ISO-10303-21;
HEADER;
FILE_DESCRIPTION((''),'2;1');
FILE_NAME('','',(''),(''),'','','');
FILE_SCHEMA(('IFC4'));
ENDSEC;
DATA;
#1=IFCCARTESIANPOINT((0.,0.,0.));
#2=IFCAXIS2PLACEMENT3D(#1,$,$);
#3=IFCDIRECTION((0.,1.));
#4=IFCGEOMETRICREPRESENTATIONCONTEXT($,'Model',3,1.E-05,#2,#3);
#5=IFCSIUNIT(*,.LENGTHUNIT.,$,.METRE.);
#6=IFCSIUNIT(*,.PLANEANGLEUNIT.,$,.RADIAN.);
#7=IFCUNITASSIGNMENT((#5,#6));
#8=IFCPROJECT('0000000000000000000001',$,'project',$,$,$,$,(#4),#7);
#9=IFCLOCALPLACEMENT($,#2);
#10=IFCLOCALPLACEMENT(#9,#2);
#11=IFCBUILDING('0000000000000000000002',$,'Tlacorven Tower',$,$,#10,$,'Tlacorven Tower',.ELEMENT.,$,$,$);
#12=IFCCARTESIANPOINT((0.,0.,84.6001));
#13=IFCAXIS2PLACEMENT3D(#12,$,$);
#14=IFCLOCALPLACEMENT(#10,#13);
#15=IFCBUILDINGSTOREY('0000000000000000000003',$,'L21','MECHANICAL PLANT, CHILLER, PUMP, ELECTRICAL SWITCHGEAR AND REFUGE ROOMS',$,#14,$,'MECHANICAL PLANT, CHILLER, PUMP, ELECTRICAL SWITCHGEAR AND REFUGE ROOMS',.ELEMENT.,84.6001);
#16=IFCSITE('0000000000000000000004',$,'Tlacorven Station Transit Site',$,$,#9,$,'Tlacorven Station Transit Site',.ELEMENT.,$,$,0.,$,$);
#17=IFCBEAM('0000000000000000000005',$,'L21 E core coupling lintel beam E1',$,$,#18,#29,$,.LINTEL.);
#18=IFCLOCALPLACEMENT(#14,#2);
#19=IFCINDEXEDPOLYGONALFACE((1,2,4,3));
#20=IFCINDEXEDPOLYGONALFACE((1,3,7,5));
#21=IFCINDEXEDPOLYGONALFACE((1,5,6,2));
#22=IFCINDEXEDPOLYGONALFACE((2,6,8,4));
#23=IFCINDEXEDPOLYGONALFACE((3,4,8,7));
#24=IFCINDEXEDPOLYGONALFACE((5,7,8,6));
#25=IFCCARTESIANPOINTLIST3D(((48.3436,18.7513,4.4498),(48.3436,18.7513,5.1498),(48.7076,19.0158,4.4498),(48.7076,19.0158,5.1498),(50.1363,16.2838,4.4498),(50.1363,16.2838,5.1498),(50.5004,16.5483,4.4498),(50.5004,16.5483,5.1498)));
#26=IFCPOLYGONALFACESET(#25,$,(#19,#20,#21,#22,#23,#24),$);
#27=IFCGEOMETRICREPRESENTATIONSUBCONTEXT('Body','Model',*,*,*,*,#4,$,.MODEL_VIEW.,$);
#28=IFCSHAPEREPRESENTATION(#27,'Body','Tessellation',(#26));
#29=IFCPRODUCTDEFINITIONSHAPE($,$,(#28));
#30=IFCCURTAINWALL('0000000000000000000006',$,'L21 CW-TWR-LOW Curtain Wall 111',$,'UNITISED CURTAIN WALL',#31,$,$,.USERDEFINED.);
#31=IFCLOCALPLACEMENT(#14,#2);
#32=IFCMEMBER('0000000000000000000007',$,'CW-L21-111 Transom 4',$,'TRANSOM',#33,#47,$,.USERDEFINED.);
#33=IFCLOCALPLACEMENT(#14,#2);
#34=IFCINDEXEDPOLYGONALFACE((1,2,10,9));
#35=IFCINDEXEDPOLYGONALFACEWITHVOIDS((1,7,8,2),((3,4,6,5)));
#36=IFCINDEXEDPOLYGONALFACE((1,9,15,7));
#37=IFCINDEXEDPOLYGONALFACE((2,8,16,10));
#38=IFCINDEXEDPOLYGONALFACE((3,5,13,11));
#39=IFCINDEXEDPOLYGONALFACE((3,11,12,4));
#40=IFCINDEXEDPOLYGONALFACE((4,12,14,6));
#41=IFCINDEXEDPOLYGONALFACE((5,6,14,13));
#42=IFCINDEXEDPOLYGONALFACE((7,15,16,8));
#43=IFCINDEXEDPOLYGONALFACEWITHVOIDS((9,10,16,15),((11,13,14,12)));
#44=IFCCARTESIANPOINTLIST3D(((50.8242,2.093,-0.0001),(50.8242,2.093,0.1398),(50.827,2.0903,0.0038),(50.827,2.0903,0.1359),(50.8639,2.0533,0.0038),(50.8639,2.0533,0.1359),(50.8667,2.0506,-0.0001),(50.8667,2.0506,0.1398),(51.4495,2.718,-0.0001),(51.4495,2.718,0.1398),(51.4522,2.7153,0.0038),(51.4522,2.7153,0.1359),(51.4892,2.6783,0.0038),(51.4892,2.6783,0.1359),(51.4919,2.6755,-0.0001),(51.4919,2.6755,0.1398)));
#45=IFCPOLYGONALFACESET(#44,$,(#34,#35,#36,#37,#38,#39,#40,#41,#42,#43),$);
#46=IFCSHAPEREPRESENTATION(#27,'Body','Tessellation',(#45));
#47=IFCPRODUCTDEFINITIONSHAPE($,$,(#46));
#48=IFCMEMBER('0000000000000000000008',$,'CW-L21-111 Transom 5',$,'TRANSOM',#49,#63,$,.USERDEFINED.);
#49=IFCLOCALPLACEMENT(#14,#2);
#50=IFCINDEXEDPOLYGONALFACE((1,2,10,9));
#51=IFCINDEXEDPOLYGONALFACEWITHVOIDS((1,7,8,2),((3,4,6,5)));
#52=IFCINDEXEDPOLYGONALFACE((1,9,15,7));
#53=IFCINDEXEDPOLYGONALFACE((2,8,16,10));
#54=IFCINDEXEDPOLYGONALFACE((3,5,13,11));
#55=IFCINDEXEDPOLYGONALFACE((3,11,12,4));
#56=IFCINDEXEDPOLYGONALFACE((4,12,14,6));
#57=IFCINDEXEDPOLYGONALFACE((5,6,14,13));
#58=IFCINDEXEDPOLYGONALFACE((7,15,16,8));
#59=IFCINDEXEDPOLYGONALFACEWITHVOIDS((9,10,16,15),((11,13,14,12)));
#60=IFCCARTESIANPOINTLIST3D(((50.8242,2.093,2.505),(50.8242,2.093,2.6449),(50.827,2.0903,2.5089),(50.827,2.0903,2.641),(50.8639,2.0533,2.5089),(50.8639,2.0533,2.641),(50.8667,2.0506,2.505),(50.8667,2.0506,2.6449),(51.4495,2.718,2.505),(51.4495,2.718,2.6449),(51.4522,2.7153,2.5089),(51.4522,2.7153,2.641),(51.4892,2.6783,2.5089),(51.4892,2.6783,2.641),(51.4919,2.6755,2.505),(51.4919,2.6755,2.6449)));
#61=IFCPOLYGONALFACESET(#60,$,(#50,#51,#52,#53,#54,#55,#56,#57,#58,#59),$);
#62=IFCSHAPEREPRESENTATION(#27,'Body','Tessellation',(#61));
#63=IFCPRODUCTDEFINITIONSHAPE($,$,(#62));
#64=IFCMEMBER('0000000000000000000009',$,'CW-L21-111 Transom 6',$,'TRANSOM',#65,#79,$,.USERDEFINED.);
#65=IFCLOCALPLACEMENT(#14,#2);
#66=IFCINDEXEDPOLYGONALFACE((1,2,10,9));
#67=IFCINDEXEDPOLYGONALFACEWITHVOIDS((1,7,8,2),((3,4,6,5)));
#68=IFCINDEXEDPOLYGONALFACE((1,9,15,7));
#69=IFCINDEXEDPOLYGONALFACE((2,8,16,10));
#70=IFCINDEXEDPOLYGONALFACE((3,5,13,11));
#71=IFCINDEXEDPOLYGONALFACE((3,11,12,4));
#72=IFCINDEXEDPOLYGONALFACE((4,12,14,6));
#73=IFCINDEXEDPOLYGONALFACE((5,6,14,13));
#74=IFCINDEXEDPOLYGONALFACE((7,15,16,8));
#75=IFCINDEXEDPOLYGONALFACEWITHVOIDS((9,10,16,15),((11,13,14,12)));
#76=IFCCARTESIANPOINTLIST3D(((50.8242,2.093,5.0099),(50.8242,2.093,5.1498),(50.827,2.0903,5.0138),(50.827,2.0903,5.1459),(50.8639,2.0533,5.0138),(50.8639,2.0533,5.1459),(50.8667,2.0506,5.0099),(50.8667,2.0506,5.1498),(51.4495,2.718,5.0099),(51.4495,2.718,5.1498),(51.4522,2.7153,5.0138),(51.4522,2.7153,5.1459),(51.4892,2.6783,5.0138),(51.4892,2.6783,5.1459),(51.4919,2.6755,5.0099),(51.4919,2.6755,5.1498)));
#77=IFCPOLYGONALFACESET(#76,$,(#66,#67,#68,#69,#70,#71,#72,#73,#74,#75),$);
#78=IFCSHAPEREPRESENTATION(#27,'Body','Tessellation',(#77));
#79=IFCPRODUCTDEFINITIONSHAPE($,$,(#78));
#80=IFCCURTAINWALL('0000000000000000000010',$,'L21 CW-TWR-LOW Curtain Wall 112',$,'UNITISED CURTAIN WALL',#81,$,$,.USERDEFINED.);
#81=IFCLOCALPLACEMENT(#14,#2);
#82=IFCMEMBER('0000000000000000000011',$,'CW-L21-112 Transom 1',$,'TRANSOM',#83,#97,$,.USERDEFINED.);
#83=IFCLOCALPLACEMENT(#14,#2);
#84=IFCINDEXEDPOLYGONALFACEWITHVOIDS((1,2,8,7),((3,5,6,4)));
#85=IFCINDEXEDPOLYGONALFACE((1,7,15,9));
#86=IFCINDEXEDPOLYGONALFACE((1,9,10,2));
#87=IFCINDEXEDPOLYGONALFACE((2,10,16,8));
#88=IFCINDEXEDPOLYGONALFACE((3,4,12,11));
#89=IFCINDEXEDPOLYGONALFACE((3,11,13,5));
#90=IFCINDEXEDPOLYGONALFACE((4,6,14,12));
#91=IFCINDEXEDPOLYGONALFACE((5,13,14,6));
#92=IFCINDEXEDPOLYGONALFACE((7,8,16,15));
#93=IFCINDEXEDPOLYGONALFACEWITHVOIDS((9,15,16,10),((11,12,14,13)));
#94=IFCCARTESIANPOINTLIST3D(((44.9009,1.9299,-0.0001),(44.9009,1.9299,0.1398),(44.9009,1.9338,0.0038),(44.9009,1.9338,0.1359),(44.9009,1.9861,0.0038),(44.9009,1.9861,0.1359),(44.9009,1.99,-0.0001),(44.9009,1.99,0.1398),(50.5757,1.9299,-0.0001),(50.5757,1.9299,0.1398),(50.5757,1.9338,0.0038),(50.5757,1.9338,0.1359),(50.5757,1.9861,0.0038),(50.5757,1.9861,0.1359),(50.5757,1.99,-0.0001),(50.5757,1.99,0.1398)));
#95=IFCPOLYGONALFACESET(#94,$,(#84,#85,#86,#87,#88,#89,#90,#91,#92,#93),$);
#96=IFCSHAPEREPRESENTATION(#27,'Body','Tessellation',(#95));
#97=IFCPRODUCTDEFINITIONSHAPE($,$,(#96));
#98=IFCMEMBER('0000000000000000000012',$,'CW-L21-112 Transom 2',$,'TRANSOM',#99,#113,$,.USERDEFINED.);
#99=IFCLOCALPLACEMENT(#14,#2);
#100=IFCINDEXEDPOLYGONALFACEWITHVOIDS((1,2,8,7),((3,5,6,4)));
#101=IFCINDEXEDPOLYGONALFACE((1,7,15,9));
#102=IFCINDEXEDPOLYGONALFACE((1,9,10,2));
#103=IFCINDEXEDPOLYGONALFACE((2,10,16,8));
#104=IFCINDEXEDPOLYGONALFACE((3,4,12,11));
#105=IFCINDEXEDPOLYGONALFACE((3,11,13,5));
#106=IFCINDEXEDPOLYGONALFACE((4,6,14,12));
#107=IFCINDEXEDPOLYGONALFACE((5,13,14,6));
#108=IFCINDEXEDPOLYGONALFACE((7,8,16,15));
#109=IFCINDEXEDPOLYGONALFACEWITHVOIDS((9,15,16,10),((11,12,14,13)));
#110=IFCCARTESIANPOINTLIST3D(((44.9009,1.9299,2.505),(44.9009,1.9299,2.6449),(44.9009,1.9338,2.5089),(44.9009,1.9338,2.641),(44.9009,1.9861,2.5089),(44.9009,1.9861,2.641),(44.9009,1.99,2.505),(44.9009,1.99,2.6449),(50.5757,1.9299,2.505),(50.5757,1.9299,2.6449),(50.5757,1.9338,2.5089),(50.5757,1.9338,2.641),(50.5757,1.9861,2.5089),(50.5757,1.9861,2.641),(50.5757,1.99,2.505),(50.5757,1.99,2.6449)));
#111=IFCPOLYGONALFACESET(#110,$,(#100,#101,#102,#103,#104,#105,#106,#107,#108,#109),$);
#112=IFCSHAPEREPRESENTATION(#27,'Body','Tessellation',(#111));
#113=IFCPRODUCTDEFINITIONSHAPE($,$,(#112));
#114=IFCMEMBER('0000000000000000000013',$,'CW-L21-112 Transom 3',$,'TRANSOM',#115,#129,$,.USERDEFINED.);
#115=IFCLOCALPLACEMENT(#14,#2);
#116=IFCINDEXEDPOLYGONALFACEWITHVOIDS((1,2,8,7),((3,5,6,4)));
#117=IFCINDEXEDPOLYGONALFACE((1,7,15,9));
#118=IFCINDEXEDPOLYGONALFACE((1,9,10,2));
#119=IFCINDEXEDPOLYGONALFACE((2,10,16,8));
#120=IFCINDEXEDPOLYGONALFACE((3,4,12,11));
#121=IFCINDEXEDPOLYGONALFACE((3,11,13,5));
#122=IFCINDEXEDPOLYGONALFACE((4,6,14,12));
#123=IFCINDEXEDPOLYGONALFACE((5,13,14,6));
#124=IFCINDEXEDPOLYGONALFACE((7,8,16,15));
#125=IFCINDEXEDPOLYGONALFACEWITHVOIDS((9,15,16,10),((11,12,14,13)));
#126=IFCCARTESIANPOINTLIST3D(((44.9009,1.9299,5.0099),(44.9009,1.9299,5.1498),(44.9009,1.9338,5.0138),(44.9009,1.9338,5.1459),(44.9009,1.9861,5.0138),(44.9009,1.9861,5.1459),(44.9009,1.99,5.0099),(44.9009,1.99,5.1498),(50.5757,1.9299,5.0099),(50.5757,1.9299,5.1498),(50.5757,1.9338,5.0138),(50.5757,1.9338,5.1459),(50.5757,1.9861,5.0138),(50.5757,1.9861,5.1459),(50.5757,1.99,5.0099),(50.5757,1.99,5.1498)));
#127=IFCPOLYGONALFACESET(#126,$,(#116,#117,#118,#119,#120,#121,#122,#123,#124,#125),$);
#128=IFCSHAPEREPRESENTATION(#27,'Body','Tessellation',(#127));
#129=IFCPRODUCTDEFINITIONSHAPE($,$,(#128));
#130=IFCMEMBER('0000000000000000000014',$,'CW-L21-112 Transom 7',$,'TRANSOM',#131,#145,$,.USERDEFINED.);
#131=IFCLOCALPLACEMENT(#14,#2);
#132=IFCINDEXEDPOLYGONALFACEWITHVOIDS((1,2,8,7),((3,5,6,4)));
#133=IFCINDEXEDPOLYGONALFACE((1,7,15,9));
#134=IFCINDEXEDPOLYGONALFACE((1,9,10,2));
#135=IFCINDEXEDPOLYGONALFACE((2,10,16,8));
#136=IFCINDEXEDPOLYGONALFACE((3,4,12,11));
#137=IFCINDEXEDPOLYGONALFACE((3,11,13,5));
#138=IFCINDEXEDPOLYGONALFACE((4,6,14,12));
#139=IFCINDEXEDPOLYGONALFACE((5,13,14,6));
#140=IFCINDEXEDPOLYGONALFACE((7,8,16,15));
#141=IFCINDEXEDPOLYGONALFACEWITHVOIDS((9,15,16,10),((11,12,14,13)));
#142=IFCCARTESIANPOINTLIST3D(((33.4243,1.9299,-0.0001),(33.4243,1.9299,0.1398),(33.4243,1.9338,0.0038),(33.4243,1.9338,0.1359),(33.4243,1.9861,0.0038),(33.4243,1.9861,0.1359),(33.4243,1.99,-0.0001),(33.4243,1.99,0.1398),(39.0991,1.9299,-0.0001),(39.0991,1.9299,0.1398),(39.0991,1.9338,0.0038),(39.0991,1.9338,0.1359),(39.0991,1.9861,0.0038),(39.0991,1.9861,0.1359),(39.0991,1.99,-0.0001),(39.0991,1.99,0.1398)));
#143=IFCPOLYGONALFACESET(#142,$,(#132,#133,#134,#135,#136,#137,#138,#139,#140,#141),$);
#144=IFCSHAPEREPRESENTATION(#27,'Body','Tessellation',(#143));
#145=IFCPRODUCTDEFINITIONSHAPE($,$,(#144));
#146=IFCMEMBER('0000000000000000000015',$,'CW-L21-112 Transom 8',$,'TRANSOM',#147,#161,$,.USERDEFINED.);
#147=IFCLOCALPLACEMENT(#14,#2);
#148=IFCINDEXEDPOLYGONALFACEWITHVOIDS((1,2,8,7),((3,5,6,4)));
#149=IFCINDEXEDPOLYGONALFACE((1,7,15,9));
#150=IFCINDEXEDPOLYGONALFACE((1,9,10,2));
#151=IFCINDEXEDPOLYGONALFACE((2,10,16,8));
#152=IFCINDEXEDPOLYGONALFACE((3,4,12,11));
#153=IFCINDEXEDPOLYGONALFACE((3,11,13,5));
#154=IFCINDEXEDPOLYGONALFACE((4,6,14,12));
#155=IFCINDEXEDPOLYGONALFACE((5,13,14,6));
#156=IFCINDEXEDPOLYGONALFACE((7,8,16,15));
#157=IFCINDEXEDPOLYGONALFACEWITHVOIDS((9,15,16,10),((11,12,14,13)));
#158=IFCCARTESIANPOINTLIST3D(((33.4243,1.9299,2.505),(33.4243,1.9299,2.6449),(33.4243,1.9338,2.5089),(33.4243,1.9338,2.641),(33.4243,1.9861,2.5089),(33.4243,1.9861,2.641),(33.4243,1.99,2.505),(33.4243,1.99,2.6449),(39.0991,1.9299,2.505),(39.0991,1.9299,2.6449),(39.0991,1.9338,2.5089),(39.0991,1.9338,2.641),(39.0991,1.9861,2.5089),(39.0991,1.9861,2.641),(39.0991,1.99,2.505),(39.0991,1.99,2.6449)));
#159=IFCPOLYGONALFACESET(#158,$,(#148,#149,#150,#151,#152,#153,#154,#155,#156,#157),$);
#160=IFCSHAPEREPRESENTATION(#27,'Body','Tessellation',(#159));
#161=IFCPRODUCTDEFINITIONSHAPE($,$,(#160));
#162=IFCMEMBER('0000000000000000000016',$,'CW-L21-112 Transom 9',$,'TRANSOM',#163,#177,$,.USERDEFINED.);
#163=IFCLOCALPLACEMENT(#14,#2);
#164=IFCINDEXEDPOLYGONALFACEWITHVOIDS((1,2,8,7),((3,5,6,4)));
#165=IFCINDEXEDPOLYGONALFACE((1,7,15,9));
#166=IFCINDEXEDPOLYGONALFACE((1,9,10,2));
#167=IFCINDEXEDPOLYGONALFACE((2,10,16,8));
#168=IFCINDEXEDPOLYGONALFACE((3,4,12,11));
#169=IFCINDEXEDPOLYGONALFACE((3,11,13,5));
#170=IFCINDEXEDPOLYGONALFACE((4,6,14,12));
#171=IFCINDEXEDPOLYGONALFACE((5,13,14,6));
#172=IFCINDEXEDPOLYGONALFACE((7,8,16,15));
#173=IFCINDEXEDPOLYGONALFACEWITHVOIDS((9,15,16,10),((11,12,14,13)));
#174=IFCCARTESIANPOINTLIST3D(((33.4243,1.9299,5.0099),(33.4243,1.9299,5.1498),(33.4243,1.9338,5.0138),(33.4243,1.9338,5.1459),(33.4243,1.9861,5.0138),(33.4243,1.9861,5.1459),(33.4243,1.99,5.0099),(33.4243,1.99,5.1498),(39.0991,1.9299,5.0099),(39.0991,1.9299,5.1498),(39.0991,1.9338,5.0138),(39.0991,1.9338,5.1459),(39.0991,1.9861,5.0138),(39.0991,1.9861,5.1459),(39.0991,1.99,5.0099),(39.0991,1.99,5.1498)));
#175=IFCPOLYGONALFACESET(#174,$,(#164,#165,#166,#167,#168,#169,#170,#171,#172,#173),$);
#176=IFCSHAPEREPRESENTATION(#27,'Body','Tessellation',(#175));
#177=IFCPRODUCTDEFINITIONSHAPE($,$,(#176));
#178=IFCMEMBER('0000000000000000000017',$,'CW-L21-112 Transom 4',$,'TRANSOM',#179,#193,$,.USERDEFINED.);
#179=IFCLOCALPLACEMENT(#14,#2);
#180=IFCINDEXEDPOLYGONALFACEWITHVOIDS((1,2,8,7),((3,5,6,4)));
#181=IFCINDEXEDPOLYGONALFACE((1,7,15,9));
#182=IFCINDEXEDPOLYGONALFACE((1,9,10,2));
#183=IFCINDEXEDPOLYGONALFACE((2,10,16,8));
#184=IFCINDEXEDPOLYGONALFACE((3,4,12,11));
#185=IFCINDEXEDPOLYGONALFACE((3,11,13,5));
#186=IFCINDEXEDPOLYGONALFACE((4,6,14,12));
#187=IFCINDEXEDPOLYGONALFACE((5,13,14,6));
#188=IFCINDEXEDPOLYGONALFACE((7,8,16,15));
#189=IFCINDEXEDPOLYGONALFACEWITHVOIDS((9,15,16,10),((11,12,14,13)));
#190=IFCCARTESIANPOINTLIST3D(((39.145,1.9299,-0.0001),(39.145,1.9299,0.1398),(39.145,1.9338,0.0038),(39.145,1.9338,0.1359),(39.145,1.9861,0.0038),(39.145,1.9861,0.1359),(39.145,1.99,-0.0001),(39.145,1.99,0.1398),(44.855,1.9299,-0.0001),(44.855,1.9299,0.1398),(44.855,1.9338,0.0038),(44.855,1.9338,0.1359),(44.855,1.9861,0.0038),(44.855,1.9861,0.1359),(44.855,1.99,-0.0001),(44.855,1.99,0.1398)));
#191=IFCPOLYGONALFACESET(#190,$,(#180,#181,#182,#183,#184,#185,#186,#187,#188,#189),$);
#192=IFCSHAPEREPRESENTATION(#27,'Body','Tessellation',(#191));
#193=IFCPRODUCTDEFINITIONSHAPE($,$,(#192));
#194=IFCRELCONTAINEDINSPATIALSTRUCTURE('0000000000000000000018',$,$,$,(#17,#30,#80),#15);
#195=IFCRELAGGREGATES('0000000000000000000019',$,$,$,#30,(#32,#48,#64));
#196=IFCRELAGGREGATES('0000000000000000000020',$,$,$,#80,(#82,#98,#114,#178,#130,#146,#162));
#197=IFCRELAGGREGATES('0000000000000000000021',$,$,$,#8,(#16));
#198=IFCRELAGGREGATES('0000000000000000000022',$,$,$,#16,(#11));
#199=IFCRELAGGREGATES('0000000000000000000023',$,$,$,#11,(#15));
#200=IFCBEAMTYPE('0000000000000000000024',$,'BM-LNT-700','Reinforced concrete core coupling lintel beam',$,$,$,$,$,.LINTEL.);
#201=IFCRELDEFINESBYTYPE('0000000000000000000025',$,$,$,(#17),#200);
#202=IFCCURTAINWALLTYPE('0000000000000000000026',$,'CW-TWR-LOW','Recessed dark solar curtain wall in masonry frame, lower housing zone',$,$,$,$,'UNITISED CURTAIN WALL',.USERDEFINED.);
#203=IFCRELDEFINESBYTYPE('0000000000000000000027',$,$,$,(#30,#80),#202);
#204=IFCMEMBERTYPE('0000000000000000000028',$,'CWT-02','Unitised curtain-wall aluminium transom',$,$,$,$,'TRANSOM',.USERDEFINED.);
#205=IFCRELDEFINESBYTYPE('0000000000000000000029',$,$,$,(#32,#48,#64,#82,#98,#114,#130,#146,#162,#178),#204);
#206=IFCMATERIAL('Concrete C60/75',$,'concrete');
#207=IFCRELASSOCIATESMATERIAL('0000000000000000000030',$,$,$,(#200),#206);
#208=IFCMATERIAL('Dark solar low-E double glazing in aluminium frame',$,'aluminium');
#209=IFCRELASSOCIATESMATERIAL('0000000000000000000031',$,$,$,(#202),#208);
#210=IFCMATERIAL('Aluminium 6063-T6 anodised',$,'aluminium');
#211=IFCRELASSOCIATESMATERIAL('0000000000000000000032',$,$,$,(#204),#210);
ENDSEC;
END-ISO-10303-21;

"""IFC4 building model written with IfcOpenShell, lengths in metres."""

from ifc_helpers import new_model, si_unit, direction, frame, origin, origin_2d, place, context, subcontext, project, spatial, rectangle, hollow_rectangle, extrude, source, transform, mapped, material, material_profile, profile_set, type_object, element, aggregate, save


model = new_model("IFC4")

# Units and contexts
model_context = context("Model", 3, precision=1e-05, world=origin(), true_north=direction((0.0, 1.0)))
body_context = subcontext(model_context, "Body", "Model", "MODEL_VIEW")
ifc_project = project(units=[si_unit("LENGTHUNIT", "METRE"), si_unit("PLANEANGLEUNIT", "RADIAN")], contexts=[model_context])

# Site, building, storey
site_placement = place(None, origin())
site = spatial("IfcSite", under=ifc_project, at=site_placement, Name="Tlacorven Station Transit Site", LongName="Tlacorven Station Transit Site", CompositionType="ELEMENT", RefElevation=0.0)
building_placement = place(site_placement, origin())
building = spatial("IfcBuilding", under=site, at=building_placement, Name="Tlacorven Tower", LongName="Tlacorven Tower", CompositionType="ELEMENT")
storey_placement = place(building_placement, frame((0.0, 0.0, 84.6001)))
storey = spatial("IfcBuildingStorey", under=building, at=storey_placement, Name="L21", Description="MECHANICAL PLANT, CHILLER, PUMP, ELECTRICAL SWITCHGEAR AND REFUGE ROOMS", LongName="MECHANICAL PLANT, CHILLER, PUMP, ELECTRICAL SWITCHGEAR AND REFUGE ROOMS", CompositionType="ELEMENT", Elevation=84.6001)

# Beam
ifc_material_1 = material(Name="Concrete C60/75", Category="concrete")
ifc_material_profile_1 = material_profile(ifc_material_1, rectangle(XDim=0.45, YDim=0.7, at=origin_2d()), Name="RC 450X700")
ifc_profile_set_1 = profile_set([ifc_material_profile_1], Name="Concrete C60/75")
beam_type = type_object("IfcBeamType", Name="BM-LNT-700", Description="Reinforced concrete core coupling lintel beam", PredefinedType="LINTEL", material=ifc_profile_set_1)
shared_shape_1 = source(origin(), body_context, "Body", "SweptSolid", [
    extrude(rectangle(XDim=0.45, YDim=0.7, at=origin_2d()), origin(), (0.0, 0.0, 1.0), 3.05),
])
beam_placement = place(storey_placement, frame((50.3184, 16.416, 4.7998), z_axis=(-0.587777, 0.809023, 0.0), x_axis=(-0.809023, -0.587777, 0.0)))
element("IfcBeam", 1, at=beam_placement, inside=storey, type_object=beam_type, Name="L21 E core coupling lintel beam E1", PredefinedType="LINTEL", context=body_context, shape_type="MappedRepresentation", body=[
    mapped(shared_shape_1, transform((0.0, 0.0, 0.0), scale=1.0)),
])

# Curtain walls, members
ifc_material_2 = material(Name="Dark solar low-E double glazing in aluminium frame", Category="aluminium")
curtain_wall_type = type_object("IfcCurtainWallType", Name="CW-TWR-LOW", Description="Recessed dark solar curtain wall in masonry frame, lower housing zone", ElementType="UNITISED CURTAIN WALL", PredefinedType="USERDEFINED", material=ifc_material_2)
curtain_wall_1_placement = place(storey_placement, origin())
curtain_wall_1 = element("IfcCurtainWall", 2, at=curtain_wall_1_placement, inside=storey, type_object=curtain_wall_type, Name="L21 CW-TWR-LOW Curtain Wall 111", ObjectType="UNITISED CURTAIN WALL", PredefinedType="USERDEFINED")
ifc_material_3 = material(Name="Aluminium 6063-T6 anodised", Category="aluminium")
ifc_material_profile_2 = material_profile(ifc_material_3, hollow_rectangle(XDim=0.0601, YDim=0.1399, WallThickness=0.0039, at=origin_2d()), Name="ALU TRANSOM 60X140")
ifc_profile_set_2 = profile_set([ifc_material_profile_2], Name="Aluminium 6063-T6 anodised")
member_type_1 = type_object("IfcMemberType", Name="CWT-02", Description="Unitised curtain-wall aluminium transom", ElementType="TRANSOM", PredefinedType="USERDEFINED", material=ifc_profile_set_2)
shared_shape_2 = source(origin(), body_context, "Body", "SweptSolid", [
    extrude(hollow_rectangle(XDim=0.0601, YDim=0.1399, WallThickness=0.0039, at=origin_2d()), origin(), (0.0, 0.0, 1.0), 0.884),
])
member_1_placement = place(storey_placement, frame((51.4707, 2.6968, 0.0698), z_axis=(-0.707245, -0.706969, 0.0), x_axis=(0.706969, -0.707245, 0.0)))
member_1 = element("IfcMember", 3, at=member_1_placement, type_object=member_type_1, Name="CW-L21-111 Transom 4", ObjectType="TRANSOM", PredefinedType="USERDEFINED", context=body_context, shape_type="MappedRepresentation", body=[
    mapped(shared_shape_2, transform((0.0, 0.0, 0.0), scale=1.0)),
])
member_2_placement = place(storey_placement, frame((51.4707, 2.6968, 2.575), z_axis=(-0.707245, -0.706969, 0.0), x_axis=(0.706969, -0.707245, 0.0)))
member_2 = element("IfcMember", 4, at=member_2_placement, type_object=member_type_1, Name="CW-L21-111 Transom 5", ObjectType="TRANSOM", PredefinedType="USERDEFINED", context=body_context, shape_type="MappedRepresentation", body=[
    mapped(shared_shape_2, transform((0.0, 0.0, 0.0), scale=1.0)),
])
member_3_placement = place(storey_placement, frame((51.4707, 2.6968, 5.0798), z_axis=(-0.707245, -0.706969, 0.0), x_axis=(0.706969, -0.707245, 0.0)))
member_3 = element("IfcMember", 5, at=member_3_placement, type_object=member_type_1, Name="CW-L21-111 Transom 6", ObjectType="TRANSOM", PredefinedType="USERDEFINED", context=body_context, shape_type="MappedRepresentation", body=[
    mapped(shared_shape_2, transform((0.0, 0.0, 0.0), scale=1.0)),
])
curtain_wall_2_placement = place(storey_placement, origin())
curtain_wall_2 = element("IfcCurtainWall", 6, at=curtain_wall_2_placement, inside=storey, type_object=curtain_wall_type, Name="L21 CW-TWR-LOW Curtain Wall 112", ObjectType="UNITISED CURTAIN WALL", PredefinedType="USERDEFINED")
shared_shape_3 = source(origin(), body_context, "Body", "SweptSolid", [
    extrude(hollow_rectangle(XDim=0.0601, YDim=0.1399, WallThickness=0.0039, at=origin_2d()), origin(), (0.0, 0.0, 1.0), 5.6748),
])
member_4_placement = place(storey_placement, frame((50.5757, 1.96, 0.0698), z_axis=(-1.0, 0.0, 0.0), x_axis=(0.0, -1.0, 0.0)))
member_4 = element("IfcMember", 7, at=member_4_placement, type_object=member_type_1, Name="CW-L21-112 Transom 1", ObjectType="TRANSOM", PredefinedType="USERDEFINED", context=body_context, shape_type="MappedRepresentation", body=[
    mapped(shared_shape_3, transform((0.0, 0.0, 0.0), scale=1.0)),
])
member_5_placement = place(storey_placement, frame((50.5757, 1.96, 2.575), z_axis=(-1.0, 0.0, 0.0), x_axis=(0.0, -1.0, 0.0)))
member_5 = element("IfcMember", 8, at=member_5_placement, type_object=member_type_1, Name="CW-L21-112 Transom 2", ObjectType="TRANSOM", PredefinedType="USERDEFINED", context=body_context, shape_type="MappedRepresentation", body=[
    mapped(shared_shape_3, transform((0.0, 0.0, 0.0), scale=1.0)),
])
member_6_placement = place(storey_placement, frame((50.5757, 1.96, 5.0798), z_axis=(-1.0, 0.0, 0.0), x_axis=(0.0, -1.0, 0.0)))
member_6 = element("IfcMember", 9, at=member_6_placement, type_object=member_type_1, Name="CW-L21-112 Transom 3", ObjectType="TRANSOM", PredefinedType="USERDEFINED", context=body_context, shape_type="MappedRepresentation", body=[
    mapped(shared_shape_3, transform((0.0, 0.0, 0.0), scale=1.0)),
])
member_7_placement = place(storey_placement, frame((39.0991, 1.96, 0.0698), z_axis=(-1.0, 0.0, 0.0), x_axis=(0.0, -1.0, 0.0)))
member_7 = element("IfcMember", 10, at=member_7_placement, type_object=member_type_1, Name="CW-L21-112 Transom 7", ObjectType="TRANSOM", PredefinedType="USERDEFINED", context=body_context, shape_type="MappedRepresentation", body=[
    mapped(shared_shape_3, transform((0.0, 0.0, 0.0), scale=1.0)),
])
member_8_placement = place(storey_placement, frame((39.0991, 1.96, 2.575), z_axis=(-1.0, 0.0, 0.0), x_axis=(0.0, -1.0, 0.0)))
member_8 = element("IfcMember", 11, at=member_8_placement, type_object=member_type_1, Name="CW-L21-112 Transom 8", ObjectType="TRANSOM", PredefinedType="USERDEFINED", context=body_context, shape_type="MappedRepresentation", body=[
    mapped(shared_shape_3, transform((0.0, 0.0, 0.0), scale=1.0)),
])
member_9_placement = place(storey_placement, frame((39.0991, 1.96, 5.0798), z_axis=(-1.0, 0.0, 0.0), x_axis=(0.0, -1.0, 0.0)))
member_9 = element("IfcMember", 12, at=member_9_placement, type_object=member_type_1, Name="CW-L21-112 Transom 9", ObjectType="TRANSOM", PredefinedType="USERDEFINED", context=body_context, shape_type="MappedRepresentation", body=[
    mapped(shared_shape_3, transform((0.0, 0.0, 0.0), scale=1.0)),
])
shared_shape_4 = source(origin(), body_context, "Body", "SweptSolid", [
    extrude(hollow_rectangle(XDim=0.0601, YDim=0.1399, WallThickness=0.0039, at=origin_2d()), origin(), (0.0, 0.0, 1.0), 5.71),
])
member_10_placement = place(storey_placement, frame((44.855, 1.96, 0.0698), z_axis=(-1.0, 0.0, 0.0), x_axis=(0.0, -1.0, 0.0)))
member_10 = element("IfcMember", 13, at=member_10_placement, type_object=member_type_1, Name="CW-L21-112 Transom 4", ObjectType="TRANSOM", PredefinedType="USERDEFINED", context=body_context, shape_type="MappedRepresentation", body=[
    mapped(shared_shape_4, transform((0.0, 0.0, 0.0), scale=1.0)),
])

aggregate(curtain_wall_1, [member_1, member_2, member_3])
aggregate(curtain_wall_2, [member_4, member_5, member_6, member_10, member_7, member_8, member_9])

save(model, "model.ifc")
